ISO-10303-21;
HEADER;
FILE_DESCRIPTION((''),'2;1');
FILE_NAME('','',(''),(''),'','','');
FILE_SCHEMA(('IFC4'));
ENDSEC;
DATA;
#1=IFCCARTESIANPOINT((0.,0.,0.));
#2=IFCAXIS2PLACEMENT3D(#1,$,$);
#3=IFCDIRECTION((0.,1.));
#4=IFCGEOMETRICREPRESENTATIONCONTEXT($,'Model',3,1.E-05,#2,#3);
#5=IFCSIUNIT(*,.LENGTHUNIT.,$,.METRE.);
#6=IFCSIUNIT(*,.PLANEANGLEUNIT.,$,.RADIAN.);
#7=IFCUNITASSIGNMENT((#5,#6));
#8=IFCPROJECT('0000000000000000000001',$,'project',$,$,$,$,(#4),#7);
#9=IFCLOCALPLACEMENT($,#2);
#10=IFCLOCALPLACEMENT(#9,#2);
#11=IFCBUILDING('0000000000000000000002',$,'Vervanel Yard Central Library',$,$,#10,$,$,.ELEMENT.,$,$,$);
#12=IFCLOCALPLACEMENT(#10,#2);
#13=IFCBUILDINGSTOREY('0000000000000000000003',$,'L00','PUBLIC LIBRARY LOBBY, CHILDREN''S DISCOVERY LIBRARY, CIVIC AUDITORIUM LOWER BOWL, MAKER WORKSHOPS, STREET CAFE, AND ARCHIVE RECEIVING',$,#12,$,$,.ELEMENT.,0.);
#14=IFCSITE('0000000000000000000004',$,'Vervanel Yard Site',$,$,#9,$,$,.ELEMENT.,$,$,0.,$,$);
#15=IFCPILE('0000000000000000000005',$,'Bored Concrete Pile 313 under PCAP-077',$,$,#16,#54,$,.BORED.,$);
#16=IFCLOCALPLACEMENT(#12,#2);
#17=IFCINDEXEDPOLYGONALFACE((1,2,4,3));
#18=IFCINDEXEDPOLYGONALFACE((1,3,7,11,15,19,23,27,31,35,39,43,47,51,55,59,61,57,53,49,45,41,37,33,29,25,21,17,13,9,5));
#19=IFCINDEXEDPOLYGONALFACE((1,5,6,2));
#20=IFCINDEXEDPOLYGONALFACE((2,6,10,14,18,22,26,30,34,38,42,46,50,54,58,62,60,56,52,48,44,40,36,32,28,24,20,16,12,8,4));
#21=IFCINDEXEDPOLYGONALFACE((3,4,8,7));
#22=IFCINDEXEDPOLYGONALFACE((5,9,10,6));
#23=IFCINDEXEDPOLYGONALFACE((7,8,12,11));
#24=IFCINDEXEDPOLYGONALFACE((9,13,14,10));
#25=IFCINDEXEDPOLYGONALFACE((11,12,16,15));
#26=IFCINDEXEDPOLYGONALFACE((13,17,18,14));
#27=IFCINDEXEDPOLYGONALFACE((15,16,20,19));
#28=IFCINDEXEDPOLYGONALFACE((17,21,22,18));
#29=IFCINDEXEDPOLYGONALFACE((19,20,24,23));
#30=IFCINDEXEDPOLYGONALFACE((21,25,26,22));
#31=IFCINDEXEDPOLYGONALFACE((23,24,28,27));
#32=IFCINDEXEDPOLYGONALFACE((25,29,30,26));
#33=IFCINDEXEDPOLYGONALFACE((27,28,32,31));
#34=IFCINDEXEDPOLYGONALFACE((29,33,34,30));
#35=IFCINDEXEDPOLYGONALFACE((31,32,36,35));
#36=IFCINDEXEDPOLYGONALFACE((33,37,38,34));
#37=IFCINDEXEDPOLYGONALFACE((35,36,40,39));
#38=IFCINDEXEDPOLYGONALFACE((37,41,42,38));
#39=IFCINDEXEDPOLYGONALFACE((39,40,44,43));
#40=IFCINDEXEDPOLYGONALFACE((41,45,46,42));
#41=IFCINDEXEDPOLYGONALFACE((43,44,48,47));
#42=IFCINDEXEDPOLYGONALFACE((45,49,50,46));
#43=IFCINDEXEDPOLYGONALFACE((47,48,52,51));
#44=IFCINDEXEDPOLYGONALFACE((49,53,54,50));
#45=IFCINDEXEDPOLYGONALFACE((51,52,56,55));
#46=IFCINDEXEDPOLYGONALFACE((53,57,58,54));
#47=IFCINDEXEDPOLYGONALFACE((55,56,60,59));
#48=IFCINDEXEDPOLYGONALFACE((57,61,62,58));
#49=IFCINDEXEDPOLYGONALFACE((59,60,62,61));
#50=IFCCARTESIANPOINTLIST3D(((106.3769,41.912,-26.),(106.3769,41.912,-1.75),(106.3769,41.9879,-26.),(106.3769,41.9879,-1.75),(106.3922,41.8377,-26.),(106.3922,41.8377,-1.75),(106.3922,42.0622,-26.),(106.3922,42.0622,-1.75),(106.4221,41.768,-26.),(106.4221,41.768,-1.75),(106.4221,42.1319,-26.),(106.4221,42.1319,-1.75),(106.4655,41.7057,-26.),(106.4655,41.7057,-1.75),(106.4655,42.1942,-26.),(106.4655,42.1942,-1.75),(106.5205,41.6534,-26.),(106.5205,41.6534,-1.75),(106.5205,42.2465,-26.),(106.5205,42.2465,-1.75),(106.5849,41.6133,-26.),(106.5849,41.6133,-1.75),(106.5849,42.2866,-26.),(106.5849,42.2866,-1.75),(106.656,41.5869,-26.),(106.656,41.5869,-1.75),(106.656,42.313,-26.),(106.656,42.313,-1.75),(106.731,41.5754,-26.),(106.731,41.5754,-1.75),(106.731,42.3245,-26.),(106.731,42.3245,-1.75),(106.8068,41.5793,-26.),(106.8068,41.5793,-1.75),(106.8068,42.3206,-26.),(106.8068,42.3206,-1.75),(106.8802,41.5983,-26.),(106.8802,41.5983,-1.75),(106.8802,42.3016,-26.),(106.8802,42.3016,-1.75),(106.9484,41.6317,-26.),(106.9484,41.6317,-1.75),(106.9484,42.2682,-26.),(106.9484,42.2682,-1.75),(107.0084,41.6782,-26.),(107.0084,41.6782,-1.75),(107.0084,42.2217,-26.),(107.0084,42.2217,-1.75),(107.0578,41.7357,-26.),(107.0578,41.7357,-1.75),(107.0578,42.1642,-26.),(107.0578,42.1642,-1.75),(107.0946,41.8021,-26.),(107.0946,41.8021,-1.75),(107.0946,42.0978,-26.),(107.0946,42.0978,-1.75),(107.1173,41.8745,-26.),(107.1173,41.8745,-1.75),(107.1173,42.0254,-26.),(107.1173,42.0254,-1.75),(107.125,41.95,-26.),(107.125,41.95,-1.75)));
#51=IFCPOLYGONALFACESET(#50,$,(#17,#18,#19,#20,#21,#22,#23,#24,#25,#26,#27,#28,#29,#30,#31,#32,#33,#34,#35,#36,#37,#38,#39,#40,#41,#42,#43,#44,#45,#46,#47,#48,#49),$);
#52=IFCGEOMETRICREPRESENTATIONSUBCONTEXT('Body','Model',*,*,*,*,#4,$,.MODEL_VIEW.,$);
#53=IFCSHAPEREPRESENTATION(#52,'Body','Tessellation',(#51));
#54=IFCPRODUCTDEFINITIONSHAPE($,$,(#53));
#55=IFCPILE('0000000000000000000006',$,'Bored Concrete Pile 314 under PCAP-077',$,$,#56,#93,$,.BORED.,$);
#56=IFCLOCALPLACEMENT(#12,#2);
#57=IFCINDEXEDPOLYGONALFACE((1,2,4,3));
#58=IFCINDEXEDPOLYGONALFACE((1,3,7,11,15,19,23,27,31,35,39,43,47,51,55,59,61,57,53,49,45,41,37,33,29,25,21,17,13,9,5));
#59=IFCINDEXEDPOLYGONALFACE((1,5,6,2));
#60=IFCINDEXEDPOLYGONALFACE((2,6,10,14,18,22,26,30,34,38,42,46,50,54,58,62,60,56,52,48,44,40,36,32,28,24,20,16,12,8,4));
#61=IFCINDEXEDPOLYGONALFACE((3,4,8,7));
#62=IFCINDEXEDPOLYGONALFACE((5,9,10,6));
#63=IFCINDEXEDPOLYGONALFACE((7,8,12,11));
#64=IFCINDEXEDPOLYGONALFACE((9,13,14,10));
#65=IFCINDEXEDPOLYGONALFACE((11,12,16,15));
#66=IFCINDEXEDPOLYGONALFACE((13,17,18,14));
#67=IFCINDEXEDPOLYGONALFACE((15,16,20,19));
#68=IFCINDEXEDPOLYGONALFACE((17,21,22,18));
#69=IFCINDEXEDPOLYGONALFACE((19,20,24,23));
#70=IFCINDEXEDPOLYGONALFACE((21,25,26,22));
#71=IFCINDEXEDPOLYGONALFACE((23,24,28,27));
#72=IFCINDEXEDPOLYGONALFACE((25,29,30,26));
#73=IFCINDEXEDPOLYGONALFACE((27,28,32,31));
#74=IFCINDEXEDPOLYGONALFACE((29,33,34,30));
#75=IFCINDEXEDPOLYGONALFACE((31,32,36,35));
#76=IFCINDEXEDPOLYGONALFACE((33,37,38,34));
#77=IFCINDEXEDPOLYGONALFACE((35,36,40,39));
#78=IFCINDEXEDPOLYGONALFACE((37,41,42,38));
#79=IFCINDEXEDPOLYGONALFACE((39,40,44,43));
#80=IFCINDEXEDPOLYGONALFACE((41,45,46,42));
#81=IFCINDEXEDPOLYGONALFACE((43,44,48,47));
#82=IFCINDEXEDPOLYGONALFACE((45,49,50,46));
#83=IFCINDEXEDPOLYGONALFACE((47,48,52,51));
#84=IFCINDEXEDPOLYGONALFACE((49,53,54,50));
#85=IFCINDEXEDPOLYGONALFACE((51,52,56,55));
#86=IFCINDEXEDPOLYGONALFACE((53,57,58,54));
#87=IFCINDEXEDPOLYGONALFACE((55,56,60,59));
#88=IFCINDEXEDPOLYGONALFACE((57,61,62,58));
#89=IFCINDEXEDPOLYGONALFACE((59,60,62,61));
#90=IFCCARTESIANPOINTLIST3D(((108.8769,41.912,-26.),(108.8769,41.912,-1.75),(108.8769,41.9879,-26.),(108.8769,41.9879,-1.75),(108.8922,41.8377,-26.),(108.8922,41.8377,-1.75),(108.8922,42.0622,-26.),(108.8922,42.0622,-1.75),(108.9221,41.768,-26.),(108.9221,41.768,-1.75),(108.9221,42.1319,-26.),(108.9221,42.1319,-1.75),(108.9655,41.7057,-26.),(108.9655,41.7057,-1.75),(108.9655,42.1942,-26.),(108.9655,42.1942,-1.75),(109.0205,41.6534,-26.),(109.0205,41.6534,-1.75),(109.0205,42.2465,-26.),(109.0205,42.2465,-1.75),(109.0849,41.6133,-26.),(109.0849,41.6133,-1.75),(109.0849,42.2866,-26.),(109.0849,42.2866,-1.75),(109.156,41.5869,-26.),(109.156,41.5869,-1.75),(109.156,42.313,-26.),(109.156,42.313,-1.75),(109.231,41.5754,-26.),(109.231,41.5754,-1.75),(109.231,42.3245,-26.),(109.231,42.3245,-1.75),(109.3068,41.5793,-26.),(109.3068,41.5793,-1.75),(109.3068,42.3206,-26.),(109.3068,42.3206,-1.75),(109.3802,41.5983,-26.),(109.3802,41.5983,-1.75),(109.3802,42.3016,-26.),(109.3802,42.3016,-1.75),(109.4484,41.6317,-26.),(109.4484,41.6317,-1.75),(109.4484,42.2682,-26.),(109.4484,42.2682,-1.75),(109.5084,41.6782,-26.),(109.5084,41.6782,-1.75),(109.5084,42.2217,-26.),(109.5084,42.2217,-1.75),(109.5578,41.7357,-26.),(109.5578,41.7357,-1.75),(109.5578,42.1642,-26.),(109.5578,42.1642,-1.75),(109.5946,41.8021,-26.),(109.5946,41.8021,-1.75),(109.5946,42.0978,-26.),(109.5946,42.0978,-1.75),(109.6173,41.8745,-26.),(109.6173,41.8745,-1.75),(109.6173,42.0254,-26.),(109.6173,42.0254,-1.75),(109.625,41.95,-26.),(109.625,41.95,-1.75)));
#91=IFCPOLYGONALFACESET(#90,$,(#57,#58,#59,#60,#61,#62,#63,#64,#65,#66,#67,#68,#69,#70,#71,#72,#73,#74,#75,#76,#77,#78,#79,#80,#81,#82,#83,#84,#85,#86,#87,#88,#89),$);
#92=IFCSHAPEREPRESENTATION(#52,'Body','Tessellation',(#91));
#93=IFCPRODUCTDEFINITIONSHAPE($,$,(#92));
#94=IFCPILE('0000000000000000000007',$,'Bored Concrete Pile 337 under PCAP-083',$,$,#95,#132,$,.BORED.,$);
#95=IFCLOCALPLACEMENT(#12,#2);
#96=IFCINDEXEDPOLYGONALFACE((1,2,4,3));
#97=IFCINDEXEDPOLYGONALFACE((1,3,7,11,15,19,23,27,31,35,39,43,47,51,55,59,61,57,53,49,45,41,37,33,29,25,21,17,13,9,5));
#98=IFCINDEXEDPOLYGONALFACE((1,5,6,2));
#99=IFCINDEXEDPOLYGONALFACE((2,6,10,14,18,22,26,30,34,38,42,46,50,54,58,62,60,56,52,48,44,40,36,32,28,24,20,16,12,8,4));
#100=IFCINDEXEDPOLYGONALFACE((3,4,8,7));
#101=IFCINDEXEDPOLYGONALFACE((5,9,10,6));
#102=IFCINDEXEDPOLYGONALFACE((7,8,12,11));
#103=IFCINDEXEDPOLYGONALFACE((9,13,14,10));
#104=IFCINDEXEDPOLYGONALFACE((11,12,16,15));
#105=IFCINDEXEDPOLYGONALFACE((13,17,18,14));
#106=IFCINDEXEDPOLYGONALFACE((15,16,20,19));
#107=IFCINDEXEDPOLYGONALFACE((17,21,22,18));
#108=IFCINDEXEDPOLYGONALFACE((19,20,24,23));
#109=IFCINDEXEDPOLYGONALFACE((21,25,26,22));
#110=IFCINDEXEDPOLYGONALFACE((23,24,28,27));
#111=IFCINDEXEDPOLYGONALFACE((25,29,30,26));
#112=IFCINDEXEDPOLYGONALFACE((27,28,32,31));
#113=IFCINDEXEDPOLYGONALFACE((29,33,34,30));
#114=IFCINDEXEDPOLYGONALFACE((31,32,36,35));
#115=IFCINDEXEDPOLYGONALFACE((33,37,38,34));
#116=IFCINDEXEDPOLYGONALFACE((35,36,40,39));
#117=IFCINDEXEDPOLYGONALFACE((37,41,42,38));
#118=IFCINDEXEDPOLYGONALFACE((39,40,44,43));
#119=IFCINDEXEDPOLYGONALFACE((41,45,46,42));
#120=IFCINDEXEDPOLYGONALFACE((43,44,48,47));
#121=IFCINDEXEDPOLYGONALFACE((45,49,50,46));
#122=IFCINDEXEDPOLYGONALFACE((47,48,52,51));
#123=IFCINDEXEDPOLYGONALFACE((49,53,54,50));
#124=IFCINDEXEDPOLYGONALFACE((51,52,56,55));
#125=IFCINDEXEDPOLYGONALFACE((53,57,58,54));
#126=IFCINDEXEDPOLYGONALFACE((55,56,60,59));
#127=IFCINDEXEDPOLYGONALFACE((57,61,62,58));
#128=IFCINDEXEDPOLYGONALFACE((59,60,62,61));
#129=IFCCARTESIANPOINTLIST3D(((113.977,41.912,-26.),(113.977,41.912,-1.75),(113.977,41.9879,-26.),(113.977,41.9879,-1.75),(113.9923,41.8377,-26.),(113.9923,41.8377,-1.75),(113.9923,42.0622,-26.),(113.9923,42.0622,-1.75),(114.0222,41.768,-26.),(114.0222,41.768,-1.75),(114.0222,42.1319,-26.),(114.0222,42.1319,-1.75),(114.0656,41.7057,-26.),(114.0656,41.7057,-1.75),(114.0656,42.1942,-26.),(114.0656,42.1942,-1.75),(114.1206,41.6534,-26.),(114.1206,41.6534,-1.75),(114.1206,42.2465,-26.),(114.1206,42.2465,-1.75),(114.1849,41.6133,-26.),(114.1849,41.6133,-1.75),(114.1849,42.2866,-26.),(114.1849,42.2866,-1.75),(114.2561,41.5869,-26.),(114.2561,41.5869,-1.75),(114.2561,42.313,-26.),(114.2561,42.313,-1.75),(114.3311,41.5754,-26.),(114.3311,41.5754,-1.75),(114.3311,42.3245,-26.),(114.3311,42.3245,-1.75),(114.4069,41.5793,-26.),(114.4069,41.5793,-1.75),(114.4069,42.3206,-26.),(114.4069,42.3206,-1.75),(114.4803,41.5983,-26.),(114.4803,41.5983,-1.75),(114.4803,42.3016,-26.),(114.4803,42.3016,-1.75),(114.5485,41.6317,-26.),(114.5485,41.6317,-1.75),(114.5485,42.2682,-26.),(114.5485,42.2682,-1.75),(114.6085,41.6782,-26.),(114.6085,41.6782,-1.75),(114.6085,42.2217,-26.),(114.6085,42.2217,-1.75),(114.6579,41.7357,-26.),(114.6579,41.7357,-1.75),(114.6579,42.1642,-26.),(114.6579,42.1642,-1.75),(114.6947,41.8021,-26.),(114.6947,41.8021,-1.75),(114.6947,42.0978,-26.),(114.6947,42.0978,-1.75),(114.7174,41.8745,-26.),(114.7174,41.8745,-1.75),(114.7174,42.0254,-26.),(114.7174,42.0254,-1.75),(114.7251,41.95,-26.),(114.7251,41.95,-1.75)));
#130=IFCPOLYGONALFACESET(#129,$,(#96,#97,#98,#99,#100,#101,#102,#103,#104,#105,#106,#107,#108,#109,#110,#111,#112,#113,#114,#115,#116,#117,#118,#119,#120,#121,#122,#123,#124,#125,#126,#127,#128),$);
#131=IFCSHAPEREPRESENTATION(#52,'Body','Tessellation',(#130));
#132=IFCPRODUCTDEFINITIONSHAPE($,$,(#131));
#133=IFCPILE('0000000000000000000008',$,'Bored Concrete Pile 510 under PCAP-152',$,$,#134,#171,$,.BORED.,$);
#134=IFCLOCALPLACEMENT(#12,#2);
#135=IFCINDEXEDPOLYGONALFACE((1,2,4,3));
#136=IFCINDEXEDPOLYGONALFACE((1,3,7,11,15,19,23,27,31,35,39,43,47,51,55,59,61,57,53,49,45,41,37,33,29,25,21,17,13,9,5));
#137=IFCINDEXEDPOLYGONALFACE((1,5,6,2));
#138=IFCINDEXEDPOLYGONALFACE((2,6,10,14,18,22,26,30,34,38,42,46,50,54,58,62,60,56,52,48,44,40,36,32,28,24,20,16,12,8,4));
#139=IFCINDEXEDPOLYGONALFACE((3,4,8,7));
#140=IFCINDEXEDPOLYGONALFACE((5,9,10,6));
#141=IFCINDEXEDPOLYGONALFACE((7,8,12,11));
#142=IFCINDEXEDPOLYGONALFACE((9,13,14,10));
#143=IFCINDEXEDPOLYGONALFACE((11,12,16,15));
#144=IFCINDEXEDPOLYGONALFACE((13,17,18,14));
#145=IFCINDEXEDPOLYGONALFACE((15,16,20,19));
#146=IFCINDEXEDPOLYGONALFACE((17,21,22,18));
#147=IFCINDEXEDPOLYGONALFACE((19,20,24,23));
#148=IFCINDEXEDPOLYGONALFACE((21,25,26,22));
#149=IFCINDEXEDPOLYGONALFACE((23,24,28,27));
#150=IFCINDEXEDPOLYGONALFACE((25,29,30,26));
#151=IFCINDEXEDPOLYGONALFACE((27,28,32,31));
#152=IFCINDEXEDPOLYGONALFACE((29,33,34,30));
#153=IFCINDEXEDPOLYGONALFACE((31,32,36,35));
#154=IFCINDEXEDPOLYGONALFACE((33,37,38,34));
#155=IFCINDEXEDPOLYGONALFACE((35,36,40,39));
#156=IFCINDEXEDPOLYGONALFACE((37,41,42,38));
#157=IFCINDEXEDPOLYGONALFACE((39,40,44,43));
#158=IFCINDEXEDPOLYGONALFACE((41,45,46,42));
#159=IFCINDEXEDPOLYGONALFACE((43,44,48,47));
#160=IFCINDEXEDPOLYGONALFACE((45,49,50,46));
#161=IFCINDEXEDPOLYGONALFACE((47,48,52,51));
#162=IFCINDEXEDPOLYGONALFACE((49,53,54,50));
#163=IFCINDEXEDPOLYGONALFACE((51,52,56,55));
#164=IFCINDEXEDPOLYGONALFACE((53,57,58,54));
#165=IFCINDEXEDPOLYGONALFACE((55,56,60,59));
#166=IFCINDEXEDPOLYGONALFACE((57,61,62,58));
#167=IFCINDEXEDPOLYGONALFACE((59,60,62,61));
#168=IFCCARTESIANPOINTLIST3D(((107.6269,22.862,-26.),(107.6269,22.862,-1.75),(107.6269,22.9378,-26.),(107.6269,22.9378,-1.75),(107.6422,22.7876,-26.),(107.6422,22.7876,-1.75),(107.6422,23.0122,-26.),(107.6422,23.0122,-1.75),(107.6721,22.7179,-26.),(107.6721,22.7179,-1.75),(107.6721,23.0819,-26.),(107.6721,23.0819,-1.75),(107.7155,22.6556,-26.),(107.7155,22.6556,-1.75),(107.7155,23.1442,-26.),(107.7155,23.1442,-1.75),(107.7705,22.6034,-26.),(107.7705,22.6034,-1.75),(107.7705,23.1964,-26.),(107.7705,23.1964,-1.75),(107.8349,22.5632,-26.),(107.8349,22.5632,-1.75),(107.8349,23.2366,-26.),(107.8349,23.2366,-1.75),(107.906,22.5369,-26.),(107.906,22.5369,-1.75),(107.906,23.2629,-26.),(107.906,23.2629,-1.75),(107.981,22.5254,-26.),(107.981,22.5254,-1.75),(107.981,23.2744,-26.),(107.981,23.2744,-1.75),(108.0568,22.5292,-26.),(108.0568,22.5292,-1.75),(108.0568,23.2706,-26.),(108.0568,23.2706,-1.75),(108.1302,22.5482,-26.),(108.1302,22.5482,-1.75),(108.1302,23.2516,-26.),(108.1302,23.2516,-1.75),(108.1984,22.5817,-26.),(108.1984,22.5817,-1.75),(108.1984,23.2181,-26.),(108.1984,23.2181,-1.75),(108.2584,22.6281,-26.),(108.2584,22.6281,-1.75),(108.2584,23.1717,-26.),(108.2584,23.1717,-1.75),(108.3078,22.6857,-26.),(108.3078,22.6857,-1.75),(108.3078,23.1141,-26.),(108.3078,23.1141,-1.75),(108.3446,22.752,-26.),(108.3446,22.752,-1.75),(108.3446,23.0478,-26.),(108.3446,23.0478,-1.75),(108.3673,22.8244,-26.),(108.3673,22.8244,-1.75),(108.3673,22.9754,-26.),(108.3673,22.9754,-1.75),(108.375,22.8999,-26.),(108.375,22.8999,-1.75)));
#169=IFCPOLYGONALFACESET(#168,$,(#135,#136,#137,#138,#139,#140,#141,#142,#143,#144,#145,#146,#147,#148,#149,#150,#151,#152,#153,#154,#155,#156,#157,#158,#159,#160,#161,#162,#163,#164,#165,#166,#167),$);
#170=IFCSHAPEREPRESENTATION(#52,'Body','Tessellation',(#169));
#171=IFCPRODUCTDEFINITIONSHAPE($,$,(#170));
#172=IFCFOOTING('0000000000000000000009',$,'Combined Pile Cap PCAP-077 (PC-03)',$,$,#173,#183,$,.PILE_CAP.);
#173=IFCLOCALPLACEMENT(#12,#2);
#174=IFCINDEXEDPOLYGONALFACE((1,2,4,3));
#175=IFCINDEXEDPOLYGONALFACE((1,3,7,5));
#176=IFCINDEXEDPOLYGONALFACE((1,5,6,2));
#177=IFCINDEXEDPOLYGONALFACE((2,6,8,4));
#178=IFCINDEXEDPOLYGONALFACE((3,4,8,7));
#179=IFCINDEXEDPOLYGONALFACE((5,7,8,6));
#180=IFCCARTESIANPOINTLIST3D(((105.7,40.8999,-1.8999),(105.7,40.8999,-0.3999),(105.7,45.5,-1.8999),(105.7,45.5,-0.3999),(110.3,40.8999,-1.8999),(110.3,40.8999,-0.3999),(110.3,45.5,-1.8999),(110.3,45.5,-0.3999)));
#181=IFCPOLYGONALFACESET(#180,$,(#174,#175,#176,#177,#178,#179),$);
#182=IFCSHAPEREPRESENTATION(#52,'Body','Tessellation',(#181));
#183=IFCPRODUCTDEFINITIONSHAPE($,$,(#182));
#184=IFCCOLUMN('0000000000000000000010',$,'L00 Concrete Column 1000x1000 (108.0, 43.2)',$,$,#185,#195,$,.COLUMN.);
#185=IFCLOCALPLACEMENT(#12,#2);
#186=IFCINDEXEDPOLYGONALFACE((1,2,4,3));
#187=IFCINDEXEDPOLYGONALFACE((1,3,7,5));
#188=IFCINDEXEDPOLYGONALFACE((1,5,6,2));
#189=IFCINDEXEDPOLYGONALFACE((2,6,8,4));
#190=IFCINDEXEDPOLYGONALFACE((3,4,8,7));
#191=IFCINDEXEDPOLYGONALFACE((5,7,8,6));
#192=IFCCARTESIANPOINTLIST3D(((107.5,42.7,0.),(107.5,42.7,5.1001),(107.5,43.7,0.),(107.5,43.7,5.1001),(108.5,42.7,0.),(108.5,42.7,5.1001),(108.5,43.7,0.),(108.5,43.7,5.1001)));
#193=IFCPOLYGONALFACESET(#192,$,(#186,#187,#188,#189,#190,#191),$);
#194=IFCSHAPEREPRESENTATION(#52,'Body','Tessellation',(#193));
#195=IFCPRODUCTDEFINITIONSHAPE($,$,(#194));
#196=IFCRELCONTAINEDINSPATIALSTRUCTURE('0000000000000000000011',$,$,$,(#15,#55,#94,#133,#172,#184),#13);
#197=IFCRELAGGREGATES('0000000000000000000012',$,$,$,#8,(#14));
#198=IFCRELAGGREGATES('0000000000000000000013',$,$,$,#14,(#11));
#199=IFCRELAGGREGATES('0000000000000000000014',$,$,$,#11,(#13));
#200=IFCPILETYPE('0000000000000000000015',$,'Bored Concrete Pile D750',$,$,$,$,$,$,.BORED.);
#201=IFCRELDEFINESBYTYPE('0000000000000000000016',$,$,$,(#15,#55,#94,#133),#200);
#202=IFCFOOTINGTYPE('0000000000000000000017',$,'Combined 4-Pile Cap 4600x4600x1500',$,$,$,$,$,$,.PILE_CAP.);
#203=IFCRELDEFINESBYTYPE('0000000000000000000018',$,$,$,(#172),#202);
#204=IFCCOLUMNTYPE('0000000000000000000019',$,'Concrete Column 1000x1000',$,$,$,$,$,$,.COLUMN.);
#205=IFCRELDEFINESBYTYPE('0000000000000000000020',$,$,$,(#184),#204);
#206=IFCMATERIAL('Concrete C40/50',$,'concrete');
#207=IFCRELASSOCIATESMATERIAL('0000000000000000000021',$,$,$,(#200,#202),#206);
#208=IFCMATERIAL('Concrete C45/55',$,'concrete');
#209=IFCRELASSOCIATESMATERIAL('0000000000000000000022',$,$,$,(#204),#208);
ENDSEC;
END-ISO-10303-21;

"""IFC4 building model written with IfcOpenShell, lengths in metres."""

from ifc_helpers import new_model, si_unit, direction, frame, origin, origin_2d, place, context, subcontext, project, spatial, rectangle, circle, extrude, material, material_profile, profile_set, type_object, element, save


model = new_model("IFC4")

# Units and contexts
model_context = context("Model", 3, precision=1e-05, world=origin(), true_north=direction((0.0, 1.0)))
body_context = subcontext(model_context, "Body", "Model", "MODEL_VIEW")
ifc_project = project(units=[si_unit("LENGTHUNIT", "METRE"), si_unit("PLANEANGLEUNIT", "RADIAN")], contexts=[model_context])

# Site, building, storey
site_placement = place(None, origin())
site = spatial("IfcSite", under=ifc_project, at=site_placement, Name="Vervanel Yard Site", CompositionType="ELEMENT", RefElevation=0.0)
building_placement = place(site_placement, origin())
building = spatial("IfcBuilding", under=site, at=building_placement, Name="Vervanel Yard Central Library", CompositionType="ELEMENT")
storey_placement = place(building_placement, origin())
storey = spatial("IfcBuildingStorey", under=building, at=storey_placement, Name="L00", Description="PUBLIC LIBRARY LOBBY, CHILDREN'S DISCOVERY LIBRARY, CIVIC AUDITORIUM LOWER BOWL, MAKER WORKSHOPS, STREET CAFE, AND ARCHIVE RECEIVING", CompositionType="ELEMENT", Elevation=0.0)

# Piles
ifc_material_1 = material(Name="Concrete C40/50", Category="concrete")
ifc_material_profile_1 = material_profile(ifc_material_1, circle(Radius=0.375, at=origin_2d()), Name="BP D750", Category="concrete")
ifc_profile_set_1 = profile_set([ifc_material_profile_1], Name="Concrete C40/50")
pile_type = type_object("IfcPileType", Name="Bored Concrete Pile D750", PredefinedType="BORED", material=ifc_profile_set_1)
for number, where, z_axis, x_axis, name in (
    (1, (106.75, 41.95, -1.75), (0.0, 0.0, -1.0), (1.0, 0.0, 0.0), "Bored Concrete Pile 313 under PCAP-077"),
    (2, (109.25, 41.95, -1.75), (0.0, 0.0, -1.0), (1.0, 0.0, 0.0), "Bored Concrete Pile 314 under PCAP-077"),
    (3, (114.3501, 41.95, -1.75), (0.0, 0.0, -1.0), (1.0, 0.0, 0.0), "Bored Concrete Pile 337 under PCAP-083"),
    (4, (108.0, 22.8999, -1.75), (0.0, 0.0, -1.0), (1.0, 0.0, 0.0), "Bored Concrete Pile 510 under PCAP-152"),
):
    element("IfcPile", number, at=place(storey_placement, frame(where, z_axis=z_axis, x_axis=x_axis)), inside=storey, type_object=pile_type, Name=name, PredefinedType="BORED", context=body_context, shape_type="SweptSolid", body=[
        extrude(circle(Radius=0.375, at=origin_2d()), origin(), (0.0, 0.0, 1.0), 24.25),
    ])

# Footing
footing_type = type_object("IfcFootingType", Name="Combined 4-Pile Cap 4600x4600x1500", PredefinedType="PILE_CAP", material=ifc_material_1)
footing_placement = place(storey_placement, frame((108.0, 43.2, -1.8999), z_axis=(0.0, 0.0, 1.0), x_axis=(1.0, 0.0, 0.0)))
element("IfcFooting", 5, at=footing_placement, inside=storey, type_object=footing_type, Name="Combined Pile Cap PCAP-077 (PC-03)", PredefinedType="PILE_CAP", context=body_context, shape_type="SweptSolid", body=[
    extrude(rectangle(XDim=4.6001, YDim=4.6001, at=origin_2d()), origin(), (0.0, 0.0, 1.0), 1.5),
])

# Column
ifc_material_2 = material(Name="Concrete C45/55", Category="concrete")
ifc_material_profile_2 = material_profile(ifc_material_2, rectangle(XDim=1.0, YDim=1.0, at=origin_2d()), Name="RC 1000x1000", Category="concrete")
ifc_profile_set_2 = profile_set([ifc_material_profile_2], Name="Concrete C45/55")
column_type = type_object("IfcColumnType", Name="Concrete Column 1000x1000", PredefinedType="COLUMN", material=ifc_profile_set_2)
column_placement = place(storey_placement, frame((108.0, 43.2, 0.0), z_axis=(0.0, 0.0, 1.0), x_axis=(1.0, 0.0, 0.0)))
element("IfcColumn", 6, at=column_placement, inside=storey, type_object=column_type, Name="L00 Concrete Column 1000x1000 (108.0, 43.2)", PredefinedType="COLUMN", context=body_context, shape_type="SweptSolid", body=[
    extrude(rectangle(XDim=1.0, YDim=1.0, at=origin_2d()), origin(), (0.0, 0.0, 1.0), 5.1001),
])

save(model, "model.ifc")
